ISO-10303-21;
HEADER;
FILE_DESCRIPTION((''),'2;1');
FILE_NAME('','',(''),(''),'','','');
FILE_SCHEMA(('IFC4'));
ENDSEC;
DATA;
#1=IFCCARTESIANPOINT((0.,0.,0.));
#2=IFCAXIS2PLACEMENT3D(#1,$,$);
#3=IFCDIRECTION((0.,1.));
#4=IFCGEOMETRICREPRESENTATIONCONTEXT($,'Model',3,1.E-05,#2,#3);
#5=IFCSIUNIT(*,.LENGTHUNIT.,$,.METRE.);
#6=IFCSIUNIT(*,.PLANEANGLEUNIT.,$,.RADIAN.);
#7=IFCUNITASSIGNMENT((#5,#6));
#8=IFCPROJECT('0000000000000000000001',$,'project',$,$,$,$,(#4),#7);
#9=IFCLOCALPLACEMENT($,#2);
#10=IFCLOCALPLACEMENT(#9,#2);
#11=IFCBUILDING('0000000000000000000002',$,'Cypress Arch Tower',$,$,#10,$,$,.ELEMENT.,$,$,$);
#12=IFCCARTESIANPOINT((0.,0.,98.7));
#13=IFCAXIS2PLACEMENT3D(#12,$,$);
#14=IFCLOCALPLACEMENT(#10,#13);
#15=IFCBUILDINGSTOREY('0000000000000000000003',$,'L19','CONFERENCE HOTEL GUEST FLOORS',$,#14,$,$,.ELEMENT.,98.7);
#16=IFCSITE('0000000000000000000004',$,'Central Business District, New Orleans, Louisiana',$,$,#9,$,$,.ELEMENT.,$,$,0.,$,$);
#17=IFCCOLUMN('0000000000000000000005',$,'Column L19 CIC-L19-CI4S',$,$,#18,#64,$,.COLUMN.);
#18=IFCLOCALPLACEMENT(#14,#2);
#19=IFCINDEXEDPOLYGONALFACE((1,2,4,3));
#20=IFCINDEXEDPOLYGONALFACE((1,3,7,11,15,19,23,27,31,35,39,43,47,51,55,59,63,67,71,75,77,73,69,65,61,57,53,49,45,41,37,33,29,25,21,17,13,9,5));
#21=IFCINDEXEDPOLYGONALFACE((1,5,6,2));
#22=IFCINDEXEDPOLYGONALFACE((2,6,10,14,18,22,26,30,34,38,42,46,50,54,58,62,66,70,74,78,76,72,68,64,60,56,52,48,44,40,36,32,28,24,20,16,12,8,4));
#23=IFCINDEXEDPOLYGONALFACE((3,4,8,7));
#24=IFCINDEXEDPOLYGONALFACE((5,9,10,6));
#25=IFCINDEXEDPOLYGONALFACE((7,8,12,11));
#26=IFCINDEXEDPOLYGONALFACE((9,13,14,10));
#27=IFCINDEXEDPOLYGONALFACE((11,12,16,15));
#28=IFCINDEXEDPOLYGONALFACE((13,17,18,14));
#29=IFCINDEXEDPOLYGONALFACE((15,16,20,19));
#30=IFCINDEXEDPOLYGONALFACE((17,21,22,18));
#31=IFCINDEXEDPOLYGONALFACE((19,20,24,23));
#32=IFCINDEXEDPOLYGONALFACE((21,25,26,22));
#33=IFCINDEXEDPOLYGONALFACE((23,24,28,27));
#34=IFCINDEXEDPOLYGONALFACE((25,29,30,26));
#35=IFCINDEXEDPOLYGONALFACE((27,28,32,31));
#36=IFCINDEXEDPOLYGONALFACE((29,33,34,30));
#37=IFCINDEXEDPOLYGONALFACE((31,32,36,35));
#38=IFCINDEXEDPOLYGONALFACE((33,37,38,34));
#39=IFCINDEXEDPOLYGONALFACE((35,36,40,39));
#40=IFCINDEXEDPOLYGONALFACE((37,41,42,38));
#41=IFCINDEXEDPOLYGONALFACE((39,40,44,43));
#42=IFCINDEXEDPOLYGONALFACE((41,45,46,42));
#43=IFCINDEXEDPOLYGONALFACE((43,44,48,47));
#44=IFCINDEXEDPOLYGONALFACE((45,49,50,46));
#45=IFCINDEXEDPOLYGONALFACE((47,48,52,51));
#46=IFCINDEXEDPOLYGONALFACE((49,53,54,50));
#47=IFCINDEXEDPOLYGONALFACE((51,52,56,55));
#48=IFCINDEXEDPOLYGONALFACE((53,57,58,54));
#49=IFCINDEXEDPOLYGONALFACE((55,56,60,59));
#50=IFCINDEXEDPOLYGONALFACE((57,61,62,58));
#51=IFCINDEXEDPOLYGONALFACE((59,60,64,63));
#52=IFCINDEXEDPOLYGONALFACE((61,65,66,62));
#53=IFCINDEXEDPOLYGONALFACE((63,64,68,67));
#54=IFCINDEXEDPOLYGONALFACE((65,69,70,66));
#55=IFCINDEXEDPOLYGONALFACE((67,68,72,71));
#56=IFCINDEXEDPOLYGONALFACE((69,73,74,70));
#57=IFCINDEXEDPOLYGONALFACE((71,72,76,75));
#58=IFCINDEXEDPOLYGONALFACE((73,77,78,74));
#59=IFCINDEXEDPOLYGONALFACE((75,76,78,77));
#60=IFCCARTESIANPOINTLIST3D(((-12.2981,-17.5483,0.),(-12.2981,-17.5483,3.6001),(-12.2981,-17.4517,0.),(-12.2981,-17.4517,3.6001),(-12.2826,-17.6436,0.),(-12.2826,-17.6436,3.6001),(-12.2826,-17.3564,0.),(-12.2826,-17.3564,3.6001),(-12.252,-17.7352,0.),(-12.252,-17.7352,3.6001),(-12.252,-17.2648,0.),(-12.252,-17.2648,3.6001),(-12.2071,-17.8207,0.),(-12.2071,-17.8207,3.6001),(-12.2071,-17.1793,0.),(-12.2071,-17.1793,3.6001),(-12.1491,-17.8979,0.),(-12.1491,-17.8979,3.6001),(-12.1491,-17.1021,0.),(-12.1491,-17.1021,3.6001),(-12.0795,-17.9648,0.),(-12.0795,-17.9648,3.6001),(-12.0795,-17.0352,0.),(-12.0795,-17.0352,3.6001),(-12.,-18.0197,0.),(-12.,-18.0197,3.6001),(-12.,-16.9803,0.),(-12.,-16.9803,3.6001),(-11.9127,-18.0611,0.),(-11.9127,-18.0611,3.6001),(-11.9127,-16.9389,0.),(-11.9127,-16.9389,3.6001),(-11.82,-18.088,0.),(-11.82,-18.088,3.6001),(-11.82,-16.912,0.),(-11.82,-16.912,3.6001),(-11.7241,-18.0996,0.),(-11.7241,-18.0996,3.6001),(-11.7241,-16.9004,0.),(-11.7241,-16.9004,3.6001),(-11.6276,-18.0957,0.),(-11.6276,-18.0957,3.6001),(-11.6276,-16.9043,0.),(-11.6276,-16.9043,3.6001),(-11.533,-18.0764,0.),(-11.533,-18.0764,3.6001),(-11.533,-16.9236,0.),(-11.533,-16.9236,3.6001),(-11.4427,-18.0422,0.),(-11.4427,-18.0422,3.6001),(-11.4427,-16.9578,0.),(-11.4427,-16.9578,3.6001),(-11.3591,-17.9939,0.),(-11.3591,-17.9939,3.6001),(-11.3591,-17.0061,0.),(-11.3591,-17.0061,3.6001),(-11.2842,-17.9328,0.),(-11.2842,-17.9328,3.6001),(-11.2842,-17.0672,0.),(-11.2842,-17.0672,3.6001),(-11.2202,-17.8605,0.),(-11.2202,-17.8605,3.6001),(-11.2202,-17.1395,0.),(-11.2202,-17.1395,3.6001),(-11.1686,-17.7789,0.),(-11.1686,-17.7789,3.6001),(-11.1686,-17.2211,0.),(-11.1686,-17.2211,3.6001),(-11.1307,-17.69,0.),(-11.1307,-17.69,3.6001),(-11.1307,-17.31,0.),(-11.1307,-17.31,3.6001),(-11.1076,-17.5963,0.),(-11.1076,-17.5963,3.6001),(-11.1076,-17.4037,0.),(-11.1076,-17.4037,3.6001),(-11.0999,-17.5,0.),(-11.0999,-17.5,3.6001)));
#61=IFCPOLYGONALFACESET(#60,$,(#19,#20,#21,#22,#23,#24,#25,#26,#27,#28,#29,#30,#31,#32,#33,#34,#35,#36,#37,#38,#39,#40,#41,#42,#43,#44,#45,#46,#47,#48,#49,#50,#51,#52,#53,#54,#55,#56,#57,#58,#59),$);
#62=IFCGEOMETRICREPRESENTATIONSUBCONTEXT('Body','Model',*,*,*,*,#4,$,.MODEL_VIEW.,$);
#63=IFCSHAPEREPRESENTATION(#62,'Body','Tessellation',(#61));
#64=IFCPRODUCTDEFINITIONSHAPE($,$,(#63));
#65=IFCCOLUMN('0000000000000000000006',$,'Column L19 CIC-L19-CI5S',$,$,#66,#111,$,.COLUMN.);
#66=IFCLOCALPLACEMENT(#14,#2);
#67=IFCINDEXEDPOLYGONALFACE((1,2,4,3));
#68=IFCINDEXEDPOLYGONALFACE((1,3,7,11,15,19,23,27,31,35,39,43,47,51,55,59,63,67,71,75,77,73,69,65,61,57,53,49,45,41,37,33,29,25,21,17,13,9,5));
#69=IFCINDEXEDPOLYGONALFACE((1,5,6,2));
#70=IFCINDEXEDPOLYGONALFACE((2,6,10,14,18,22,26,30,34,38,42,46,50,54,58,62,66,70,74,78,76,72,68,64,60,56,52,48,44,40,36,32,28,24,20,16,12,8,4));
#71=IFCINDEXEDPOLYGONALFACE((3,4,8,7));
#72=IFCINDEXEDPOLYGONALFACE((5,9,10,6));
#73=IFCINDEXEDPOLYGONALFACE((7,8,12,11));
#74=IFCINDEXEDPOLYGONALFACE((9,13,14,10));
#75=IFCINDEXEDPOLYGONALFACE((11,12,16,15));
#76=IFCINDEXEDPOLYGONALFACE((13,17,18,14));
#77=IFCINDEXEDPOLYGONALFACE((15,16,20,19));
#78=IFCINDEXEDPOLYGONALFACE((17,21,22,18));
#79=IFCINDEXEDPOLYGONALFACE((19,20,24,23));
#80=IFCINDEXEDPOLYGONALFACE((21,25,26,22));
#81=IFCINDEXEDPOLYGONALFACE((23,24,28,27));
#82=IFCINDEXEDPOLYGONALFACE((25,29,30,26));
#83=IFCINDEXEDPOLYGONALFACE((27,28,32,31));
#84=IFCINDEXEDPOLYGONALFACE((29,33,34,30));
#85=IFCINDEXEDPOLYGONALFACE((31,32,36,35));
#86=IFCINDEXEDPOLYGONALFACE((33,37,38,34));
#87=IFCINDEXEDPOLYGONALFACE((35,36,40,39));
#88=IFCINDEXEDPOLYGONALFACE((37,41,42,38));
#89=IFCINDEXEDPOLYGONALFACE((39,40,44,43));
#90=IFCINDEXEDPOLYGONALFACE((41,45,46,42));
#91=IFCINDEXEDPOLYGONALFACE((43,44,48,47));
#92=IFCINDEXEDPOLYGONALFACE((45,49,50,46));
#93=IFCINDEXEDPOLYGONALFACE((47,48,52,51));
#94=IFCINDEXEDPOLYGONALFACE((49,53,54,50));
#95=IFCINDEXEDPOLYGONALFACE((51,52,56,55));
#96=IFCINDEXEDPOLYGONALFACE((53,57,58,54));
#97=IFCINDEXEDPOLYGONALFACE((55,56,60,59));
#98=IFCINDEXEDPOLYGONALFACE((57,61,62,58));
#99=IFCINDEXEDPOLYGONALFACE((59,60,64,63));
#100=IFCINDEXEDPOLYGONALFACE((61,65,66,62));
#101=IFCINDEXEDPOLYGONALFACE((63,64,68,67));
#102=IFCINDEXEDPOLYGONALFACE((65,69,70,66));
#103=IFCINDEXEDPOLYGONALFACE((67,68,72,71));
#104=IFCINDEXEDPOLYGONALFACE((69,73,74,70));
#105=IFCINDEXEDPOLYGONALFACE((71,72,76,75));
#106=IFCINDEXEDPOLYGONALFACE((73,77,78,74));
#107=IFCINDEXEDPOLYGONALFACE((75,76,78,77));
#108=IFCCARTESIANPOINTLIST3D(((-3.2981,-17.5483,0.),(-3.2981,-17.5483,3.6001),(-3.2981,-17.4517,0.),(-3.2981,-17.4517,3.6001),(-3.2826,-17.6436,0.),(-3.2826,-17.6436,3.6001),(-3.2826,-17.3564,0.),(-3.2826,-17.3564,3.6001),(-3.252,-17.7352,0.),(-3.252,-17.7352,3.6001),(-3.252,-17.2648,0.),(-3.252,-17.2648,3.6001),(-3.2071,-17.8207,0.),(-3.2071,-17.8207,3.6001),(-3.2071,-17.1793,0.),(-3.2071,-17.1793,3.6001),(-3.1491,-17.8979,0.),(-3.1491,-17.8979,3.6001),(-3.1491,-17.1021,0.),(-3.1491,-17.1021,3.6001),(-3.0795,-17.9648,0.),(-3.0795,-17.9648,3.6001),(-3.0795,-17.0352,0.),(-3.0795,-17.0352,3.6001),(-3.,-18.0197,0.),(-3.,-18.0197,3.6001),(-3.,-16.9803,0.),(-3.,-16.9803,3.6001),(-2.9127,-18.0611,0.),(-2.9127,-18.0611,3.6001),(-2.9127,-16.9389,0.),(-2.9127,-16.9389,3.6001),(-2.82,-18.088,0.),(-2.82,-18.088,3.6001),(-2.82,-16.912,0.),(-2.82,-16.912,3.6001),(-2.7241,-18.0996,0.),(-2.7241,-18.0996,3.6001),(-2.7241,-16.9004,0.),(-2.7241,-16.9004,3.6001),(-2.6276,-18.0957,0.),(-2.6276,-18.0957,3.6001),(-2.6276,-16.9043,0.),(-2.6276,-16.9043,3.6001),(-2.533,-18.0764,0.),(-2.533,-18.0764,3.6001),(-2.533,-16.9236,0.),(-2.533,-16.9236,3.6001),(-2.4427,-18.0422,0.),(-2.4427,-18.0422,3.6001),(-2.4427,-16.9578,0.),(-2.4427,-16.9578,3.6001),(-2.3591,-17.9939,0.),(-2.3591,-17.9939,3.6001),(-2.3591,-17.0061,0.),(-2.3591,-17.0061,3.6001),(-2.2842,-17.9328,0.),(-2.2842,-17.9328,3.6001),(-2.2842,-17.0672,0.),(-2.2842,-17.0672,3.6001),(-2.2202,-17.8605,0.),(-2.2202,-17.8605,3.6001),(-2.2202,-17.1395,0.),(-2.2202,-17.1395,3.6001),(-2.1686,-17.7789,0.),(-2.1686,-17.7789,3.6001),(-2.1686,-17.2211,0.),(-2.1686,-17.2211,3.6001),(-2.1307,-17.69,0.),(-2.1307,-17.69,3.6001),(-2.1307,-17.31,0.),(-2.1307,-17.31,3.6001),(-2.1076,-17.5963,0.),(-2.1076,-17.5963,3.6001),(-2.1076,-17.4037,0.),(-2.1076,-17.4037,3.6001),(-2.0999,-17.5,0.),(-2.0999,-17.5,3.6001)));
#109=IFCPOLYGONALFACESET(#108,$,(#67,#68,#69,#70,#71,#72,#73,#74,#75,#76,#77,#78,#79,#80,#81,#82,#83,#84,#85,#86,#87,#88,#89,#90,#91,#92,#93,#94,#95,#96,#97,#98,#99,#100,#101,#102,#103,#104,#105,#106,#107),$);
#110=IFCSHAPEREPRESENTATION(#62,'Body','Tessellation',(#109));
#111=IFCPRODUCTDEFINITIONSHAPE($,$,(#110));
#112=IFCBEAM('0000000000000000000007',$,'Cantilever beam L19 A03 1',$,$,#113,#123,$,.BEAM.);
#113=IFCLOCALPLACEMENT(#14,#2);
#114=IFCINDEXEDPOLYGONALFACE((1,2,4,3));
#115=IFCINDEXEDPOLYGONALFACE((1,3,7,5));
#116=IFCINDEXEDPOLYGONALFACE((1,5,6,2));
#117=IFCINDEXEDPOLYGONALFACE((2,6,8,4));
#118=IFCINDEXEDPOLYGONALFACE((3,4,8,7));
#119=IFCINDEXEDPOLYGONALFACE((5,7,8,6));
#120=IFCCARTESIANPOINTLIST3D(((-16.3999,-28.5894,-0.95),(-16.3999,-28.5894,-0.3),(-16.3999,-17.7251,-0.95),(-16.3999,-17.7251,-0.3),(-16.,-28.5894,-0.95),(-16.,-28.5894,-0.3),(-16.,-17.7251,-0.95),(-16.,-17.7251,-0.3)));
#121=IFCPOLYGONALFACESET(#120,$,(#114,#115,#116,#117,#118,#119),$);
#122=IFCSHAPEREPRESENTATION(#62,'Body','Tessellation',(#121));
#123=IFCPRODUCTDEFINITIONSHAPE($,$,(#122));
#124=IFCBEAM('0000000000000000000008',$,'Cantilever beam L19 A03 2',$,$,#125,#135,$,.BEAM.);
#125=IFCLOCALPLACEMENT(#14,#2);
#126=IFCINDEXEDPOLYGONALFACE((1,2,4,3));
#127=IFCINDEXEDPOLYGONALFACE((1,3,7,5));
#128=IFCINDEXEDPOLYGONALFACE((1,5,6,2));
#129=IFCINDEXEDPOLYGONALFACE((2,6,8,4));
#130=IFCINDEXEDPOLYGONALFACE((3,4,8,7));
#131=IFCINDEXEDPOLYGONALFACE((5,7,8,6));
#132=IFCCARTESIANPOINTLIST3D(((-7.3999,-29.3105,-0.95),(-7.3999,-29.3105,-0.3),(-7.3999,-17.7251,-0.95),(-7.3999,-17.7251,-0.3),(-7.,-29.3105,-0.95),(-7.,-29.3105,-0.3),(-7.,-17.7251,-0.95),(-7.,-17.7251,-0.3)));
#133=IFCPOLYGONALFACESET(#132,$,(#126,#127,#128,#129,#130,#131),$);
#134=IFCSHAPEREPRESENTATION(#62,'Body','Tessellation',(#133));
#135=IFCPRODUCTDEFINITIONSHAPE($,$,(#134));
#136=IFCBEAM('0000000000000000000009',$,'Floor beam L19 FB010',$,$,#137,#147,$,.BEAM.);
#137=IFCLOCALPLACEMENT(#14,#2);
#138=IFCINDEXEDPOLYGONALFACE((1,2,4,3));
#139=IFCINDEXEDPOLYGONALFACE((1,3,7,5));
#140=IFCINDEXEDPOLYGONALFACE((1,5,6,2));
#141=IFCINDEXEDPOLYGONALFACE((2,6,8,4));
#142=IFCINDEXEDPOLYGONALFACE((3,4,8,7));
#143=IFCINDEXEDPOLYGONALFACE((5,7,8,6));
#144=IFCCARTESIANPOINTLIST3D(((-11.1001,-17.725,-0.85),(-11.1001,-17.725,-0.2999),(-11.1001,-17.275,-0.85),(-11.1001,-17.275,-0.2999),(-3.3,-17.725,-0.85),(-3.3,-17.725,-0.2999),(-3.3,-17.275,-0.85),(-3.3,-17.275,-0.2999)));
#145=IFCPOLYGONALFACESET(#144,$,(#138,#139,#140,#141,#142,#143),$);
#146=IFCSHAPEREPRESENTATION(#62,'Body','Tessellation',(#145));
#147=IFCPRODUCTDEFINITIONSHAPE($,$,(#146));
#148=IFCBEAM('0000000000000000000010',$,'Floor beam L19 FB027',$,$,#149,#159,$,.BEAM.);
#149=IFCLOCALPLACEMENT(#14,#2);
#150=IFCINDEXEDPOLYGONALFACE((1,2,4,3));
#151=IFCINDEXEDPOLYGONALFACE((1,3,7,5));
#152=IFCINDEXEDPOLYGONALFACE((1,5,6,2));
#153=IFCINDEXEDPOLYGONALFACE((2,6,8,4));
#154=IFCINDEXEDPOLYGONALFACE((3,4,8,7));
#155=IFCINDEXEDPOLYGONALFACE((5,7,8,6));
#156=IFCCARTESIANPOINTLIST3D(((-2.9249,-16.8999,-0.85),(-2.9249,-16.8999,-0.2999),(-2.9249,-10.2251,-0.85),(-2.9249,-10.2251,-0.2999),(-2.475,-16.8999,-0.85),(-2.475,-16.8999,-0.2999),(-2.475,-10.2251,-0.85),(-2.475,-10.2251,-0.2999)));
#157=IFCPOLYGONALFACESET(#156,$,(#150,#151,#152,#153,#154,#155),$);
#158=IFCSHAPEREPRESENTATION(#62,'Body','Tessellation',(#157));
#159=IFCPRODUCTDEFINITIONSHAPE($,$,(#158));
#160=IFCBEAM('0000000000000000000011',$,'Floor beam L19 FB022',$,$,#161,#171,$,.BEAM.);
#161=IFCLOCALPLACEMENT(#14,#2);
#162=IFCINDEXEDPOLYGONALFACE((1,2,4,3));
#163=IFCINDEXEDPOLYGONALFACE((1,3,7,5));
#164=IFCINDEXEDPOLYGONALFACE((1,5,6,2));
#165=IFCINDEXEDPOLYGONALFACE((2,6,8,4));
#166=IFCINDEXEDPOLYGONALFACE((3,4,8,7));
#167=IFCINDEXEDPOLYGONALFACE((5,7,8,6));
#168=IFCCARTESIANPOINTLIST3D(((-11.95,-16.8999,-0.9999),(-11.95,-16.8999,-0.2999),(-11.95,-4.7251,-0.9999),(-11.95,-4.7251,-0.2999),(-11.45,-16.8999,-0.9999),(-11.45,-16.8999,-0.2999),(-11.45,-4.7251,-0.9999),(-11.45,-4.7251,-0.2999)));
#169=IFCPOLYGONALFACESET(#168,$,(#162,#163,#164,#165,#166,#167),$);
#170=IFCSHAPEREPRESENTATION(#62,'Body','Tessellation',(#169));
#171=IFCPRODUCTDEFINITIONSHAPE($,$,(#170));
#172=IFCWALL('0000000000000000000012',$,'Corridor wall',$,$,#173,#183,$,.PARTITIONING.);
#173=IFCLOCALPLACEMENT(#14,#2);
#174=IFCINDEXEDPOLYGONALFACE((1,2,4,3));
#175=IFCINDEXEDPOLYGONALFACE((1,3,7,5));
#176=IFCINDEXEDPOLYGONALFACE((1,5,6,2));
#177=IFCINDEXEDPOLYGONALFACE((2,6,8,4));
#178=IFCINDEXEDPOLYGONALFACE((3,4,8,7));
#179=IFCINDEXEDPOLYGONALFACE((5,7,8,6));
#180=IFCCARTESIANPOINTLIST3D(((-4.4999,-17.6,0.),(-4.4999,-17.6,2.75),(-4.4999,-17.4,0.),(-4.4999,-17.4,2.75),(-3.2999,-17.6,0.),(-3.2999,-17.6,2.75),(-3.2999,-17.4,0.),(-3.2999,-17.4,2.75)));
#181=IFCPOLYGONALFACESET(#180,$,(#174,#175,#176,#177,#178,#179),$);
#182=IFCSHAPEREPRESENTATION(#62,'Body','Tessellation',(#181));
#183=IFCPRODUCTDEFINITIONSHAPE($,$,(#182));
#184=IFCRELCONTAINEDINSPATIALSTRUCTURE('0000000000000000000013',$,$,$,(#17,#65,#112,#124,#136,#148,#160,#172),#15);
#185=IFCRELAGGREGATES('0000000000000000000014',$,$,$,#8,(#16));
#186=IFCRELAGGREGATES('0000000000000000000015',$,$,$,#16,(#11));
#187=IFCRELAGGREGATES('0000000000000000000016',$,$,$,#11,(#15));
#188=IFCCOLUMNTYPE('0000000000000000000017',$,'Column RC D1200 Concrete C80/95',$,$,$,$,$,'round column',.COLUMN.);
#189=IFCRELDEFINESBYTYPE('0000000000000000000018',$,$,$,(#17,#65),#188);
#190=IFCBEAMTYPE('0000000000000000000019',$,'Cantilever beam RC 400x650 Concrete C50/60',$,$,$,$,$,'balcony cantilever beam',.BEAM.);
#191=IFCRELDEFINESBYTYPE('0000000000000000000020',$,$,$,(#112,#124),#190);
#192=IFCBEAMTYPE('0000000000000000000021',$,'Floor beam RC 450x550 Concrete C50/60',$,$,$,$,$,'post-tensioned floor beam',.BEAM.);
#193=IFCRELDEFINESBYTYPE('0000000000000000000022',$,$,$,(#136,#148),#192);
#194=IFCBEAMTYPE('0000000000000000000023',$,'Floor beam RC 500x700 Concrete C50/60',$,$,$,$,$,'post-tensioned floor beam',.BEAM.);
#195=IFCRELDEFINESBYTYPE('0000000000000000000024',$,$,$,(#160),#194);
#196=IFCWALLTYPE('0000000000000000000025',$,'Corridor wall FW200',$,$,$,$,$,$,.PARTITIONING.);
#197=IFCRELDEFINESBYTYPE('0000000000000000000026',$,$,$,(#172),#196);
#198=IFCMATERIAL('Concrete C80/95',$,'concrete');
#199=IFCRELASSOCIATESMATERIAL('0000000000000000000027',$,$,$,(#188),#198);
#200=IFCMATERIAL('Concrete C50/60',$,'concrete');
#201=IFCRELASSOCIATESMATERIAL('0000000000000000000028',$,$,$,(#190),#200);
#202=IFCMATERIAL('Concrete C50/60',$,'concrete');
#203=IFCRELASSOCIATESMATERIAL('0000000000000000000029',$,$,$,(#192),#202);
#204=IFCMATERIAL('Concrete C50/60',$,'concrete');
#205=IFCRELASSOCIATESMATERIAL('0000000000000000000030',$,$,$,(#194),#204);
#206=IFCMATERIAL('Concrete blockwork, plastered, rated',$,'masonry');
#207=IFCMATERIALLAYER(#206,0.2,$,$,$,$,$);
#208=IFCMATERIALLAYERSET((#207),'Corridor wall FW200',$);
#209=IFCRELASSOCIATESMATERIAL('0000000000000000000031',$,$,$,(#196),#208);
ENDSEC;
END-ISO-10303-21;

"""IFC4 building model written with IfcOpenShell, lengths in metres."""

from ifc_helpers import new_model, si_unit, direction, frame, frame_2d, origin, origin_2d, place, context, subcontext, project, spatial, rectangle, circle, extrude, material, layer, layer_set, material_profile, profile_set, type_object, element, save


model = new_model("IFC4")

# Units and contexts
model_context = context("Model", 3, precision=1e-05, world=origin(), true_north=direction((0.0, 1.0)))
body_context = subcontext(model_context, "Body", "Model", "MODEL_VIEW")
ifc_project = project(units=[si_unit("LENGTHUNIT", "METRE"), si_unit("PLANEANGLEUNIT", "RADIAN")], contexts=[model_context])

# Site, building, storey
site_placement = place(None, origin())
site = spatial("IfcSite", under=ifc_project, at=site_placement, Name="Central Business District, New Orleans, Louisiana", CompositionType="ELEMENT", RefElevation=0.0)
building_placement = place(site_placement, origin())
building = spatial("IfcBuilding", under=site, at=building_placement, Name="Cypress Arch Tower", CompositionType="ELEMENT")
storey_placement = place(building_placement, frame((0.0, 0.0, 98.7)))
storey = spatial("IfcBuildingStorey", under=building, at=storey_placement, Name="L19", Description="CONFERENCE HOTEL GUEST FLOORS", CompositionType="ELEMENT", Elevation=98.7)

# Columns
ifc_material_1 = material(Name="Concrete C80/95", Category="concrete")
ifc_material_profile_1 = material_profile(ifc_material_1, circle(Radius=0.6001, at=origin_2d()), Name="RC D1200")
ifc_profile_set_1 = profile_set([ifc_material_profile_1], Name="Concrete C80/95")
column_type = type_object("IfcColumnType", Name="Column RC D1200 Concrete C80/95", ElementType="round column", PredefinedType="COLUMN", material=ifc_profile_set_1)
for number, where, z_axis, x_axis, name in (
    (1, (-11.7, -17.5, 0.0), (0.0, 0.0, 1.0), (1.0, 0.0, 0.0), "Column L19 CIC-L19-CI4S"),
    (2, (-2.7, -17.5, 0.0), (0.0, 0.0, 1.0), (1.0, 0.0, 0.0), "Column L19 CIC-L19-CI5S"),
):
    element("IfcColumn", number, at=place(storey_placement, frame(where, z_axis=z_axis, x_axis=x_axis)), inside=storey, type_object=column_type, Name=name, PredefinedType="COLUMN", context=body_context, shape_type="SweptSolid", body=[
        extrude(circle(Radius=0.6001, at=origin_2d()), origin(), (0.0, 0.0, 1.0), 3.6001),
    ])

# Beams
ifc_material_2 = material(Name="Concrete C50/60", Category="concrete")
ifc_material_profile_2 = material_profile(ifc_material_2, rectangle(XDim=0.3999, YDim=0.6499, at=origin_2d()), Name="RC 400x650")
ifc_profile_set_2 = profile_set([ifc_material_profile_2], Name="Concrete C50/60")
beam_type_1 = type_object("IfcBeamType", Name="Cantilever beam RC 400x650 Concrete C50/60", ElementType="balcony cantilever beam", PredefinedType="BEAM", material=ifc_profile_set_2)
beam_1_placement = place(storey_placement, frame((-16.2, -17.7251, -0.625), z_axis=(0.0, -1.0, 0.0), x_axis=(1.0, 0.0, 0.0)))
element("IfcBeam", 3, at=beam_1_placement, inside=storey, type_object=beam_type_1, Name="Cantilever beam L19 A03 1", PredefinedType="BEAM", context=body_context, shape_type="SweptSolid", body=[
    extrude(rectangle(XDim=0.3999, YDim=0.6499, at=origin_2d()), origin(), (0.0, 0.0, 1.0), 10.8643),
])
beam_2_placement = place(storey_placement, frame((-7.2, -17.7251, -0.625), z_axis=(0.0, -1.0, 0.0), x_axis=(1.0, 0.0, 0.0)))
element("IfcBeam", 4, at=beam_2_placement, inside=storey, type_object=beam_type_1, Name="Cantilever beam L19 A03 2", PredefinedType="BEAM", context=body_context, shape_type="SweptSolid", body=[
    extrude(rectangle(XDim=0.3999, YDim=0.6499, at=origin_2d()), origin(), (0.0, 0.0, 1.0), 11.5854),
])
ifc_material_3 = material(Name="Concrete C50/60", Category="concrete")
ifc_material_profile_3 = material_profile(ifc_material_3, rectangle(XDim=0.45, YDim=0.55, at=origin_2d()), Name="RC 450x550")
ifc_profile_set_3 = profile_set([ifc_material_profile_3], Name="Concrete C50/60")
beam_type_2 = type_object("IfcBeamType", Name="Floor beam RC 450x550 Concrete C50/60", ElementType="post-tensioned floor beam", PredefinedType="BEAM", material=ifc_profile_set_3)
beam_3_placement = place(storey_placement, frame((-11.1001, -17.5, -0.575), z_axis=(1.0, 0.0, 0.0), x_axis=(0.0, 1.0, 0.0)))
element("IfcBeam", 5, at=beam_3_placement, inside=storey, type_object=beam_type_2, Name="Floor beam L19 FB010", PredefinedType="BEAM", context=body_context, shape_type="SweptSolid", body=[
    extrude(rectangle(XDim=0.45, YDim=0.55, at=origin_2d()), origin(), (0.0, 0.0, 1.0), 7.8),
])
beam_4_placement = place(storey_placement, frame((-2.7, -16.8999, -0.575), z_axis=(0.0, 1.0, 0.0), x_axis=(-1.0, 0.0, 0.0)))
element("IfcBeam", 6, at=beam_4_placement, inside=storey, type_object=beam_type_2, Name="Floor beam L19 FB027", PredefinedType="BEAM", context=body_context, shape_type="SweptSolid", body=[
    extrude(rectangle(XDim=0.45, YDim=0.55, at=origin_2d()), origin(), (0.0, 0.0, 1.0), 6.6748),
])
ifc_material_4 = material(Name="Concrete C50/60", Category="concrete")
ifc_material_profile_4 = material_profile(ifc_material_4, rectangle(XDim=0.5, YDim=0.7, at=origin_2d()), Name="RC 500x700")
ifc_profile_set_4 = profile_set([ifc_material_profile_4], Name="Concrete C50/60")
beam_type_3 = type_object("IfcBeamType", Name="Floor beam RC 500x700 Concrete C50/60", ElementType="post-tensioned floor beam", PredefinedType="BEAM", material=ifc_profile_set_4)
beam_5_placement = place(storey_placement, frame((-11.7, -16.8999, -0.6499), z_axis=(0.0, 1.0, 0.0), x_axis=(-1.0, 0.0, 0.0)))
element("IfcBeam", 7, at=beam_5_placement, inside=storey, type_object=beam_type_3, Name="Floor beam L19 FB022", PredefinedType="BEAM", context=body_context, shape_type="SweptSolid", body=[
    extrude(rectangle(XDim=0.5, YDim=0.7, at=origin_2d()), origin(), (0.0, 0.0, 1.0), 12.1748),
])

# Shared definitions
ifc_material_5 = material(Name="Concrete blockwork, plastered, rated", Category="masonry")
ifc_layer_1 = layer(ifc_material_5, 0.2)
ifc_layer_set_1 = layer_set([ifc_layer_1], Name="Corridor wall FW200")
wall_type_1 = type_object("IfcWallType", Name="Corridor wall FW200", PredefinedType="PARTITIONING", material=ifc_layer_set_1)

# Wall
wall_1_placement = place(storey_placement, frame((-4.5, -17.5, 0.0), z_axis=(0.0, 0.0, 1.0), x_axis=(1.0, 0.0, 0.0)))
element("IfcWall", 8, at=wall_1_placement, inside=storey, type_object=wall_type_1, Name="Corridor wall", PredefinedType="PARTITIONING", context=body_context, shape_type="SweptSolid", body=[
    extrude(rectangle(XDim=1.2, YDim=0.2, at=frame_2d((0.6001, 0.0))), origin(), (0.0, 0.0, 1.0), 2.75),
])

save(model, "model.ifc")
